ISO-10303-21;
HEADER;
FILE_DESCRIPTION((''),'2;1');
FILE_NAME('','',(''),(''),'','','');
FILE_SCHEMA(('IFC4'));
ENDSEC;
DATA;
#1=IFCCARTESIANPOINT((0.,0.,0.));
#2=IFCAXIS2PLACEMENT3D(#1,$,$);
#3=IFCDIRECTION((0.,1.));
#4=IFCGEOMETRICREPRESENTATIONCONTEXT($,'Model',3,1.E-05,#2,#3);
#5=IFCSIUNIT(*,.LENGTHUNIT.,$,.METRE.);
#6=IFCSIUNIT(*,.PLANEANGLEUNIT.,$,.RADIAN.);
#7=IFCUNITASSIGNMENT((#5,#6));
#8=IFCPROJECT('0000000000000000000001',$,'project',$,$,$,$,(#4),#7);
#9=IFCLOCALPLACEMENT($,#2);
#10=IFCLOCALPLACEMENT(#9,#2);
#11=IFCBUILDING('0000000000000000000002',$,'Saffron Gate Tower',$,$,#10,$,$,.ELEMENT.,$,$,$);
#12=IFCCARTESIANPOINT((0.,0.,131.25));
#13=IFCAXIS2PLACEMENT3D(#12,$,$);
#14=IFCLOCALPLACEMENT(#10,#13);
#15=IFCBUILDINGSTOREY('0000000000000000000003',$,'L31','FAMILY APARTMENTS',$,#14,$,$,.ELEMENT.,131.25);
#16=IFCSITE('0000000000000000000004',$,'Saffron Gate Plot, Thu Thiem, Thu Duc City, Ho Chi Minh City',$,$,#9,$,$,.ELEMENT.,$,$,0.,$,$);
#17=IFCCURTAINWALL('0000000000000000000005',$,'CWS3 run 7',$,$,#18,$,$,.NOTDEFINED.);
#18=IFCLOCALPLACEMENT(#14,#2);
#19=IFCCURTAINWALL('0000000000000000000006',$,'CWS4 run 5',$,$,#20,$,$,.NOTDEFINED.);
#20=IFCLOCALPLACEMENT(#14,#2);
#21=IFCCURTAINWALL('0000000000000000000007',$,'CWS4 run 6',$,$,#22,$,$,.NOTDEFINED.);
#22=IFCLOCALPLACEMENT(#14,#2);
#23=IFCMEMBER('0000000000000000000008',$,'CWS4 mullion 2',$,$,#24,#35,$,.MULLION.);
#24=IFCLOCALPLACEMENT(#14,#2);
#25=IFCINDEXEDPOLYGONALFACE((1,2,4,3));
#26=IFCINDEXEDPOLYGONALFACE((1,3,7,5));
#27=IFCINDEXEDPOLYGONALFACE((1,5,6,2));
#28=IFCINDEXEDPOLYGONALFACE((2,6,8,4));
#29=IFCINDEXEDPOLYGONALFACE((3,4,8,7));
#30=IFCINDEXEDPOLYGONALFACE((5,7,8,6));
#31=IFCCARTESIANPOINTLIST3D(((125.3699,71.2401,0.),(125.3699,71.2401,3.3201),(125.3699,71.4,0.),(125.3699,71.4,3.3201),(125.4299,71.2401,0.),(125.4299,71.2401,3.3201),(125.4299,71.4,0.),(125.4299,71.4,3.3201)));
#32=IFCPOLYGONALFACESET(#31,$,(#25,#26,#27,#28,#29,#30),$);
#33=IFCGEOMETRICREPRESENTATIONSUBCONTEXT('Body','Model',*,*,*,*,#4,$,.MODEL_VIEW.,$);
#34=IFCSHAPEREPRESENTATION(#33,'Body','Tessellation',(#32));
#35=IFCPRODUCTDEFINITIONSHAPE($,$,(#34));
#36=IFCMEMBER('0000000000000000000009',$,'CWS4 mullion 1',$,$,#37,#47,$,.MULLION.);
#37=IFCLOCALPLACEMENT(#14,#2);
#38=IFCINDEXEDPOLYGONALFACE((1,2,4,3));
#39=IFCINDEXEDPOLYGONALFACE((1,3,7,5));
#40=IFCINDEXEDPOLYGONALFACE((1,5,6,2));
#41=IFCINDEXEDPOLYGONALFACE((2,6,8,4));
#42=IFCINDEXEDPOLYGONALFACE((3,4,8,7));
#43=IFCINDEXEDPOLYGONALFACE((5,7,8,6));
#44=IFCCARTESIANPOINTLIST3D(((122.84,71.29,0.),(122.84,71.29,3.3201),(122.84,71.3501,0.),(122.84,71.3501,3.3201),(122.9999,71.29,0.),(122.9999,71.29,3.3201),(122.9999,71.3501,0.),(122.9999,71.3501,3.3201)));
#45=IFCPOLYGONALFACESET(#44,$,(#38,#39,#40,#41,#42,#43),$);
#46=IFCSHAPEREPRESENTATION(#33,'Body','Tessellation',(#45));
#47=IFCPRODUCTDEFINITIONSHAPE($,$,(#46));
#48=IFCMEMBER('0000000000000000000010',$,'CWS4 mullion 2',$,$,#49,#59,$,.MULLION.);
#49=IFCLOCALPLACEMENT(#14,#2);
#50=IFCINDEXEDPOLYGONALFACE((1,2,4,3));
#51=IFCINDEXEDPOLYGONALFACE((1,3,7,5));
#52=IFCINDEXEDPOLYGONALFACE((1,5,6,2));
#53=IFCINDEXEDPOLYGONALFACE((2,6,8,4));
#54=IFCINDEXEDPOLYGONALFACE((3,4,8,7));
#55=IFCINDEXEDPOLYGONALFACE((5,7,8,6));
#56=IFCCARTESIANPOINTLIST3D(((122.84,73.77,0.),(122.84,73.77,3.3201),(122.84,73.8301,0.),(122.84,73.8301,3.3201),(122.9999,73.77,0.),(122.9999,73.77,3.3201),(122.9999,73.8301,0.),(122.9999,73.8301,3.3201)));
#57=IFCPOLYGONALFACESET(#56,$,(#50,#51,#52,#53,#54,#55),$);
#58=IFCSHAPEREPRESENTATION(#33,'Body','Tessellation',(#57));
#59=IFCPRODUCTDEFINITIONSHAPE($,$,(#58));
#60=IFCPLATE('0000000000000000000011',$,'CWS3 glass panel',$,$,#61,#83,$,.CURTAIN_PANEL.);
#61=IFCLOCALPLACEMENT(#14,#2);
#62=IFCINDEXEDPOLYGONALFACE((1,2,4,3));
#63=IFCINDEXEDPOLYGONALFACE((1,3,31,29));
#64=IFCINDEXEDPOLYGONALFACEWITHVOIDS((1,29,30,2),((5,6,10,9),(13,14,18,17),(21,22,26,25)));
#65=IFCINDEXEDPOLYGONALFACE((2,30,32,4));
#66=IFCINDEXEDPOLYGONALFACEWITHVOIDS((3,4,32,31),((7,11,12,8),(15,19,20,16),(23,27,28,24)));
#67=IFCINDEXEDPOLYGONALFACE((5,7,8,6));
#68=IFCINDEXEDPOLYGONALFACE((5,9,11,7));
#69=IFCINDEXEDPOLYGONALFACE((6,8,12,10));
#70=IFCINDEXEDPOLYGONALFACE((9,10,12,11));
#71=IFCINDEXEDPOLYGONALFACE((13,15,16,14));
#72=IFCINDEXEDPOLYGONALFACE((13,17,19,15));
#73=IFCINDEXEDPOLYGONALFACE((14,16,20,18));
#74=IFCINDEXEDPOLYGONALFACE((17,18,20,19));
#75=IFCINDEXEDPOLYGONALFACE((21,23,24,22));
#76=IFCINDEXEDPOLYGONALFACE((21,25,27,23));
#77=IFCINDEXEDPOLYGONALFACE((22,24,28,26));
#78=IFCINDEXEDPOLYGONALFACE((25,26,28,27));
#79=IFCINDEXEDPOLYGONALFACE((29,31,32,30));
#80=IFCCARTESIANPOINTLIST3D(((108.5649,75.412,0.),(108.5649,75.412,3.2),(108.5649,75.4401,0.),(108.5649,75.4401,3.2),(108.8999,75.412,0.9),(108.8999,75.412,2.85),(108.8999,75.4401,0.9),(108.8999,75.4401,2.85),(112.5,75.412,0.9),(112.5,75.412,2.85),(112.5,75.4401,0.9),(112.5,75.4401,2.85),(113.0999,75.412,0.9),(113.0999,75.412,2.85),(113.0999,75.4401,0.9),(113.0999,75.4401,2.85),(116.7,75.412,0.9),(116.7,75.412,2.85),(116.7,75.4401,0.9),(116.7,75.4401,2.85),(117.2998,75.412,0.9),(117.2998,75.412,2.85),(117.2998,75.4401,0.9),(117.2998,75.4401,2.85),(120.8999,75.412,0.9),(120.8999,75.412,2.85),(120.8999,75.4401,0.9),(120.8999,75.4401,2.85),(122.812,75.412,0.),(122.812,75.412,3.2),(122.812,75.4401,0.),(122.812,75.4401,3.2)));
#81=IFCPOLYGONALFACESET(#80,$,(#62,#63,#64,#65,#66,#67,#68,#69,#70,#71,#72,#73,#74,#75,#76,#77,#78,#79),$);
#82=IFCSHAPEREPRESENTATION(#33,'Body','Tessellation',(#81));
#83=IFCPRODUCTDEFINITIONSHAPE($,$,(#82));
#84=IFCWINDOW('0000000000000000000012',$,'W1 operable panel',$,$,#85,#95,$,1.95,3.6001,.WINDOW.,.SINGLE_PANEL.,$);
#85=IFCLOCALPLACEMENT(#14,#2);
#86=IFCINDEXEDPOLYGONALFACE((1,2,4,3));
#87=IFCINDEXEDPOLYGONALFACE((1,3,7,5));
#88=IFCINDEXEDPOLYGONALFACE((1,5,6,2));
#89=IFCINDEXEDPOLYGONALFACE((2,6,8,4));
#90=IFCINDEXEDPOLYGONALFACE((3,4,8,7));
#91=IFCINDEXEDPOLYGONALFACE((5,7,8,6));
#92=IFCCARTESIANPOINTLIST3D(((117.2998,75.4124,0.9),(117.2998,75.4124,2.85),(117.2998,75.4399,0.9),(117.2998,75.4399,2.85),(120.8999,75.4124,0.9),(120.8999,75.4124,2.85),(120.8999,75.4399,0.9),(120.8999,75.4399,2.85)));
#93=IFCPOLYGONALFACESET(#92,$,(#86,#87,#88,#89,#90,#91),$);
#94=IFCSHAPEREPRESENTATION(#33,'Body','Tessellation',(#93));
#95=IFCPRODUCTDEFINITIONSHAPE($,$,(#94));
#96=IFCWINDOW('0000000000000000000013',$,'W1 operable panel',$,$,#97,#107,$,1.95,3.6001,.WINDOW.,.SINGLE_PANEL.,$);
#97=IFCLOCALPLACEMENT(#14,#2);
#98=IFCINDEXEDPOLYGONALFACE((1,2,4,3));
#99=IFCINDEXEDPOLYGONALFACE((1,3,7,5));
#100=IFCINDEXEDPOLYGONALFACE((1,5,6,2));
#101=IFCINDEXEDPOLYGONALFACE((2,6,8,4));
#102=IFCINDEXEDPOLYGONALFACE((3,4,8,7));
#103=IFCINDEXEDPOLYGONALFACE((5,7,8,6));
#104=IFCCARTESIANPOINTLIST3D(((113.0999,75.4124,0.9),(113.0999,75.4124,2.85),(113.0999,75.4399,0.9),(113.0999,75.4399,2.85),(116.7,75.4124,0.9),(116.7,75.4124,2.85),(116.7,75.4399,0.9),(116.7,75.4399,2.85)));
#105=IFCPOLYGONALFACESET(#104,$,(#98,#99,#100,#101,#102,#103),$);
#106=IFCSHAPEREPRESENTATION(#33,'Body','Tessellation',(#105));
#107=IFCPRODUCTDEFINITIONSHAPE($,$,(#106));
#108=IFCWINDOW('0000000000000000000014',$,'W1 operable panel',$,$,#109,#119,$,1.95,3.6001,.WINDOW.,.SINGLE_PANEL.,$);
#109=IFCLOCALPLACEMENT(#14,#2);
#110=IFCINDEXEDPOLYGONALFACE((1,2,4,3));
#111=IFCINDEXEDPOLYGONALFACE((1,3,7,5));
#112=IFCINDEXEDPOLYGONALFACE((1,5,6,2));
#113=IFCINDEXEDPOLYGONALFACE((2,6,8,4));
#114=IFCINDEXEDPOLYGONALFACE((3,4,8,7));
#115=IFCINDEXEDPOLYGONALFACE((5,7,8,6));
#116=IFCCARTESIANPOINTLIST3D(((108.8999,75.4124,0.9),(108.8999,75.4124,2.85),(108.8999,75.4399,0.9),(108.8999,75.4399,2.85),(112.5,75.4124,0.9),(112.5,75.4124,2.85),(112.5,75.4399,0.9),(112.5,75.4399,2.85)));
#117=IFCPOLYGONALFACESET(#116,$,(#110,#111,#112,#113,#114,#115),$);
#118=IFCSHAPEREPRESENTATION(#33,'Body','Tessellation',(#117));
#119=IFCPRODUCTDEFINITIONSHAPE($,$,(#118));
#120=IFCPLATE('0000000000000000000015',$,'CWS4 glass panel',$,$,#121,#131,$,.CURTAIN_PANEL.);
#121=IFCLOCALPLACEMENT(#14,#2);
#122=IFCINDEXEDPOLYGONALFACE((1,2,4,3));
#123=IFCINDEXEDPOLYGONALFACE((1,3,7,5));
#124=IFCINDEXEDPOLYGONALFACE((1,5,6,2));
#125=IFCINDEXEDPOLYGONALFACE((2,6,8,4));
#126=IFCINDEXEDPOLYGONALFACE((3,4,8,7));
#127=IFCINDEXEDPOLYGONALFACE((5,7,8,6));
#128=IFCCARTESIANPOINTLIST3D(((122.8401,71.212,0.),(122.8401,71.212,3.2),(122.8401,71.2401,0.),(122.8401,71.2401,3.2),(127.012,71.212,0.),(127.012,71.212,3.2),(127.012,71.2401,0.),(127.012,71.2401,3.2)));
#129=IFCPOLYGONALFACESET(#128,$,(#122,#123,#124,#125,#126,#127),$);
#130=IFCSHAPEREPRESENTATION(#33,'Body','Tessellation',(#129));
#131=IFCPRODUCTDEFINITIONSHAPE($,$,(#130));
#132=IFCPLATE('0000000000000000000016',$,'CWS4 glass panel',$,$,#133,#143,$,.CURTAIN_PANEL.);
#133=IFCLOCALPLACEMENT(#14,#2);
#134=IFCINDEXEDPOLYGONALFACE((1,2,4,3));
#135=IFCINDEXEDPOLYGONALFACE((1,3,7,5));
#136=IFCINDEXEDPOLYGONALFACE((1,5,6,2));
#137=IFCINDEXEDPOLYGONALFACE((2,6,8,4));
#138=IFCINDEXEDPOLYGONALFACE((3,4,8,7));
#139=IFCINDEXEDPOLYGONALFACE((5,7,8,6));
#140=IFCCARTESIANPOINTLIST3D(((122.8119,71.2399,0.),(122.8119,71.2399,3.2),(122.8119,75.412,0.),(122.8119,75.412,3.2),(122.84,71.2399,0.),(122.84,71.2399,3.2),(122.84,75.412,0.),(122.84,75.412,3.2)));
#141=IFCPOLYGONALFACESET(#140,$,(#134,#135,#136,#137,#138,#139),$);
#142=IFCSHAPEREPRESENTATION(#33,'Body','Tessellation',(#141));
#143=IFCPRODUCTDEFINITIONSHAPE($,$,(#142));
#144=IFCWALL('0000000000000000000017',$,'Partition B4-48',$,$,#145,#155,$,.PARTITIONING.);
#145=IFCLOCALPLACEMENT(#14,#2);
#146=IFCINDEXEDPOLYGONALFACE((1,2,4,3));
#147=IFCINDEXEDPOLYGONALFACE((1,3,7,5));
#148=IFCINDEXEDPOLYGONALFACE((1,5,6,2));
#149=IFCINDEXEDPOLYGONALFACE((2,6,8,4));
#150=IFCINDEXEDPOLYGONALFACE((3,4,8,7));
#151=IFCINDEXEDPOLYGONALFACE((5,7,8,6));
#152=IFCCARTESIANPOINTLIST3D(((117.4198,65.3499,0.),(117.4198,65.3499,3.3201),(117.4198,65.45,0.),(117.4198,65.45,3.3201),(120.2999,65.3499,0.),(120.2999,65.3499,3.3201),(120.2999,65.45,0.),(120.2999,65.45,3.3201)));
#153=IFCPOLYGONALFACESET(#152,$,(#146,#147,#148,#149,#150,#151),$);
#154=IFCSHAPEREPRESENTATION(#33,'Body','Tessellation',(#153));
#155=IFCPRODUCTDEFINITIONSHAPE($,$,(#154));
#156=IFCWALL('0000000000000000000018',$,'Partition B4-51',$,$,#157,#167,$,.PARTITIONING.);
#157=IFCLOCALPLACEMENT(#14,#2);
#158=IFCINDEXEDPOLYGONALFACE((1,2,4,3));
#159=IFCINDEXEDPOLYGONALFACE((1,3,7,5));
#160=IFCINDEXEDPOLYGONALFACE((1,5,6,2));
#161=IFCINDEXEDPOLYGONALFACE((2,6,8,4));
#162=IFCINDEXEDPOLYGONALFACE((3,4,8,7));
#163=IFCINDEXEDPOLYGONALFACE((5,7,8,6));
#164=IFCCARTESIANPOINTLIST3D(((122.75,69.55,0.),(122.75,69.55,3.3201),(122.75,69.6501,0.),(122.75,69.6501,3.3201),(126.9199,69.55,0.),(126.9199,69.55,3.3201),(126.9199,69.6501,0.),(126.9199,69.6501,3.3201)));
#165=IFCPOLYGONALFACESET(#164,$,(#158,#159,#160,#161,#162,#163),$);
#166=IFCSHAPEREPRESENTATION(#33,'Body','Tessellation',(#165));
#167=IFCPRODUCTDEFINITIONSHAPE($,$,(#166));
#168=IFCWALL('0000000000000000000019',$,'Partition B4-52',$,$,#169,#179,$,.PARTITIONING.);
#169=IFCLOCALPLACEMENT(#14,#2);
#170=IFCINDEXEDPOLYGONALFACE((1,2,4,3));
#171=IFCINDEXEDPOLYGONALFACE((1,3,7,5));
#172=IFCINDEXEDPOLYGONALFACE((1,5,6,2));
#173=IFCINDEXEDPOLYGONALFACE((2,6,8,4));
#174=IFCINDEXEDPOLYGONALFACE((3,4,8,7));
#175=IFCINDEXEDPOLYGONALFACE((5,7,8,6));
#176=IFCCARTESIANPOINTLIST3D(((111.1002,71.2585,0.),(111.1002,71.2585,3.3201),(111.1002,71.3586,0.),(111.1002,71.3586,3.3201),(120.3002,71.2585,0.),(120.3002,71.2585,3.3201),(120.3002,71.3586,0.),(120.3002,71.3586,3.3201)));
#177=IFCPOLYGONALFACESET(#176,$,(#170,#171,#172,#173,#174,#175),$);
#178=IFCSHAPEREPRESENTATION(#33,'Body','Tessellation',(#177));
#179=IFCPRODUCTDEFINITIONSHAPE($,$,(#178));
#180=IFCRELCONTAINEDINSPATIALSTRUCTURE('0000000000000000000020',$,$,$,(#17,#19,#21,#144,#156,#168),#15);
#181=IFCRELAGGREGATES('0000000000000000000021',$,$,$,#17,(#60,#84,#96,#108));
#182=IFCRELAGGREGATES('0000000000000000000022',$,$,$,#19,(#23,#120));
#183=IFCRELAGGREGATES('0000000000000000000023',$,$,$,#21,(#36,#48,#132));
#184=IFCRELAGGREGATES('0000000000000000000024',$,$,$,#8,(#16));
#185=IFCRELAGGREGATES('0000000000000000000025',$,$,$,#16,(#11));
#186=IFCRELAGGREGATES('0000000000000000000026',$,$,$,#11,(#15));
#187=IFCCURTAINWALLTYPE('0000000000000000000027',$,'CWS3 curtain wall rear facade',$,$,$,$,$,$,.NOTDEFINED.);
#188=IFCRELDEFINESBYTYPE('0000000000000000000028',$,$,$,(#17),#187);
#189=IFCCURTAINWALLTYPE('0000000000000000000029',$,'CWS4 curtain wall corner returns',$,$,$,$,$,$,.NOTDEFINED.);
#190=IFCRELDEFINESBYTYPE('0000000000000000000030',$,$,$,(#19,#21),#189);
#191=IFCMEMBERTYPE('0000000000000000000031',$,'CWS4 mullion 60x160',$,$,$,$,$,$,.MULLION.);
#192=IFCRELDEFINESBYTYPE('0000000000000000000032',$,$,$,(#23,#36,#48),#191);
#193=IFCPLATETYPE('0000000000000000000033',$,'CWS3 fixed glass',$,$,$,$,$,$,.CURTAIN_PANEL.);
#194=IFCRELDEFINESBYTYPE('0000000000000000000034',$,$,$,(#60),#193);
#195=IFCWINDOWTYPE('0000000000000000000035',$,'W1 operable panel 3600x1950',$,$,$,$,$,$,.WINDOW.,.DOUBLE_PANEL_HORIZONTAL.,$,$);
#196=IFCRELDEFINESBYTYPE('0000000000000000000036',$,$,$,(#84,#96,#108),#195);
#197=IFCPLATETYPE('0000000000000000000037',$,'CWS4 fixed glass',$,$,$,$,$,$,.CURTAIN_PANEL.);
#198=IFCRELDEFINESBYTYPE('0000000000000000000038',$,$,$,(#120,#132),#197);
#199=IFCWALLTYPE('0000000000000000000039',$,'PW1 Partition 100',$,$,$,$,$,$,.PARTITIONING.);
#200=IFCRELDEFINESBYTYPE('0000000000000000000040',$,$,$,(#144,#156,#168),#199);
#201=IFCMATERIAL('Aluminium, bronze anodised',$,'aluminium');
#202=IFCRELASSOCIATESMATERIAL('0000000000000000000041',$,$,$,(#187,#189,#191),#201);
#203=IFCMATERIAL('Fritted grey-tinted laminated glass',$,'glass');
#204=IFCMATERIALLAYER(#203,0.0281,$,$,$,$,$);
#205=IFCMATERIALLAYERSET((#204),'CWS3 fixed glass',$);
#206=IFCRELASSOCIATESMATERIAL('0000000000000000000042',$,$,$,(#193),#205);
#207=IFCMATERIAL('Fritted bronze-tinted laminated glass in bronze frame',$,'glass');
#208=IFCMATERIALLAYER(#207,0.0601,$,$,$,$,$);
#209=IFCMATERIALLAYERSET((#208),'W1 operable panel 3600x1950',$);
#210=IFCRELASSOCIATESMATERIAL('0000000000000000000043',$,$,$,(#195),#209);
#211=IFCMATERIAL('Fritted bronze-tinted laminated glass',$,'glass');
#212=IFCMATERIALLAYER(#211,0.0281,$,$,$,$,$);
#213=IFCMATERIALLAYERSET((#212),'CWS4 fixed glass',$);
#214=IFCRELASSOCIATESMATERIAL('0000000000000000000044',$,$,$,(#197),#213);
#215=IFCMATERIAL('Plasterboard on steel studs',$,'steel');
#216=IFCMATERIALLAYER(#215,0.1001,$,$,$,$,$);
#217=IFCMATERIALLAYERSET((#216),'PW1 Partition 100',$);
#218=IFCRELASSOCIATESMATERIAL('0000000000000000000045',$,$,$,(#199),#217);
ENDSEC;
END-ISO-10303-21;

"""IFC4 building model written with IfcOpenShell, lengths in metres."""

from ifc_helpers import new_model, si_unit, direction, frame, frame_2d, origin, origin_2d, place, context, subcontext, project, spatial, rectangle, extrude, material, layer, layer_set, material_profile, profile_set, type_object, element, fill, aggregate, save


model = new_model("IFC4")

# Units and contexts
model_context = context("Model", 3, precision=1e-05, world=origin(), true_north=direction((0.0, 1.0)))
body_context = subcontext(model_context, "Body", "Model", "MODEL_VIEW")
ifc_project = project(units=[si_unit("LENGTHUNIT", "METRE"), si_unit("PLANEANGLEUNIT", "RADIAN")], contexts=[model_context])

# Site, building, storey
site_placement = place(None, origin())
site = spatial("IfcSite", under=ifc_project, at=site_placement, Name="Saffron Gate Plot, Thu Thiem, Thu Duc City, Ho Chi Minh City", CompositionType="ELEMENT", RefElevation=0.0)
building_placement = place(site_placement, origin())
building = spatial("IfcBuilding", under=site, at=building_placement, Name="Saffron Gate Tower", CompositionType="ELEMENT")
storey_placement = place(building_placement, frame((0.0, 0.0, 131.25)))
storey = spatial("IfcBuildingStorey", under=building, at=storey_placement, Name="L31", Description="FAMILY APARTMENTS", CompositionType="ELEMENT", Elevation=131.25)

# Shared definitions
ifc_material_1 = material(Name="Aluminium, bronze anodised", Category="aluminium")

# Curtain wall
curtain_wall_type_1 = type_object("IfcCurtainWallType", Name="CWS3 curtain wall rear facade", PredefinedType="NOTDEFINED", material=ifc_material_1)
curtain_wall_1_placement = place(storey_placement, origin())
curtain_wall_1 = element("IfcCurtainWall", 1, at=curtain_wall_1_placement, inside=storey, type_object=curtain_wall_type_1, Name="CWS3 run 7", PredefinedType="NOTDEFINED")

# Curtain walls
curtain_wall_type_2 = type_object("IfcCurtainWallType", Name="CWS4 curtain wall corner returns", PredefinedType="NOTDEFINED", material=ifc_material_1)
curtain_wall_2_placement = place(storey_placement, origin())
curtain_wall_2 = element("IfcCurtainWall", 2, at=curtain_wall_2_placement, inside=storey, type_object=curtain_wall_type_2, Name="CWS4 run 5", PredefinedType="NOTDEFINED")
curtain_wall_3_placement = place(storey_placement, origin())
curtain_wall_3 = element("IfcCurtainWall", 3, at=curtain_wall_3_placement, inside=storey, type_object=curtain_wall_type_2, Name="CWS4 run 6", PredefinedType="NOTDEFINED")

# Members
ifc_material_profile_1 = material_profile(ifc_material_1, rectangle(XDim=0.1599, YDim=0.0601, at=origin_2d()))
ifc_profile_set_1 = profile_set([ifc_material_profile_1], Name="Aluminium, bronze anodised")
member_type_1 = type_object("IfcMemberType", Name="CWS4 mullion 60x160", PredefinedType="MULLION", material=ifc_profile_set_1)
member_1_placement = place(storey_placement, frame((125.3999, 71.3201, 0.0), z_axis=(0.0, 0.0, 1.0), x_axis=(0.0, -1.0, 0.0)))
member_1 = element("IfcMember", 4, at=member_1_placement, type_object=member_type_1, Name="CWS4 mullion 2", PredefinedType="MULLION", context=body_context, shape_type="SweptSolid", body=[
    extrude(rectangle(XDim=0.1599, YDim=0.0601, at=origin_2d()), origin(), (0.0, 0.0, 1.0), 3.3201),
])
member_2_placement = place(storey_placement, frame((122.9199, 71.3201, 0.0), z_axis=(0.0, 0.0, 1.0), x_axis=(-1.0, 0.0, 0.0)))
member_2 = element("IfcMember", 5, at=member_2_placement, type_object=member_type_1, Name="CWS4 mullion 1", PredefinedType="MULLION", context=body_context, shape_type="SweptSolid", body=[
    extrude(rectangle(XDim=0.1599, YDim=0.0601, at=origin_2d()), origin(), (0.0, 0.0, 1.0), 3.3201),
])
member_3_placement = place(storey_placement, frame((122.9199, 73.8, 0.0), z_axis=(0.0, 0.0, 1.0), x_axis=(-1.0, 0.0, 0.0)))
member_3 = element("IfcMember", 6, at=member_3_placement, type_object=member_type_1, Name="CWS4 mullion 2", PredefinedType="MULLION", context=body_context, shape_type="SweptSolid", body=[
    extrude(rectangle(XDim=0.1599, YDim=0.0601, at=origin_2d()), origin(), (0.0, 0.0, 1.0), 3.3201),
])

# Plate, openings, windows
ifc_material_2 = material(Name="Fritted grey-tinted laminated glass", Category="glass")
ifc_layer_1 = layer(ifc_material_2, 0.0281)
ifc_layer_set_1 = layer_set([ifc_layer_1], Name="CWS3 fixed glass")
plate_type_1 = type_object("IfcPlateType", Name="CWS3 fixed glass", PredefinedType="CURTAIN_PANEL", material=ifc_layer_set_1)
plate_1_placement = place(storey_placement, frame((122.812, 75.426, 0.0), z_axis=(0.0, 0.0, 1.0), x_axis=(-1.0, 0.0, 0.0)))
plate_1 = element("IfcPlate", 7, at=plate_1_placement, type_object=plate_type_1, Name="CWS3 glass panel", PredefinedType="CURTAIN_PANEL", context=body_context, shape_type="SweptSolid", body=[
    extrude(rectangle(XDim=14.2471, YDim=0.0281, at=frame_2d((7.1235, 0.0))), origin(), (0.0, 0.0, 1.0), 3.2),
])
opening_1_placement = place(plate_1_placement, frame((1.9121, 0.0, 0.8999)))
opening_1 = element("IfcOpeningElement", 8, at=opening_1_placement, cuts=plate_1, PredefinedType="OPENING", context=body_context, shape_type="SweptSolid", body=[
    extrude(rectangle(XDim=3.6001, YDim=1.95, at=frame_2d((1.8, 0.9751))), frame((0.0, 0.0239, 0.0), z_axis=(0.0, -1.0, 0.0), x_axis=(1.0, 0.0, 0.0)), (0.0, 0.0, 1.0), 0.0481),
])
opening_2_placement = place(plate_1_placement, frame((6.1121, 0.0, 0.8999)))
opening_2 = element("IfcOpeningElement", 9, at=opening_2_placement, cuts=plate_1, PredefinedType="OPENING", context=body_context, shape_type="SweptSolid", body=[
    extrude(rectangle(XDim=3.6001, YDim=1.95, at=frame_2d((1.8, 0.9751))), frame((0.0, 0.0239, 0.0), z_axis=(0.0, -1.0, 0.0), x_axis=(1.0, 0.0, 0.0)), (0.0, 0.0, 1.0), 0.0481),
])
opening_3_placement = place(plate_1_placement, frame((10.312, 0.0, 0.8999)))
opening_3 = element("IfcOpeningElement", 10, at=opening_3_placement, cuts=plate_1, PredefinedType="OPENING", context=body_context, shape_type="SweptSolid", body=[
    extrude(rectangle(XDim=3.6001, YDim=1.95, at=frame_2d((1.8, 0.9751))), frame((0.0, 0.0239, 0.0), z_axis=(0.0, -1.0, 0.0), x_axis=(1.0, 0.0, 0.0)), (0.0, 0.0, 1.0), 0.0481),
])
ifc_material_3 = material(Name="Fritted bronze-tinted laminated glass in bronze frame", Category="glass")
ifc_layer_2 = layer(ifc_material_3, 0.0601)
ifc_layer_set_2 = layer_set([ifc_layer_2], Name="W1 operable panel 3600x1950")
window_type = type_object("IfcWindowType", Name="W1 operable panel 3600x1950", PartitioningType="DOUBLE_PANEL_HORIZONTAL", PredefinedType="WINDOW", material=ifc_layer_set_2)
window_1_placement = place(opening_1_placement, origin())
window_1 = element("IfcWindow", 11, at=window_1_placement, type_object=window_type, Name="W1 operable panel", OverallHeight=1.95, OverallWidth=3.6001, PartitioningType="SINGLE_PANEL", PredefinedType="WINDOW", context=body_context, shape_type="SweptSolid", body=[
    extrude(rectangle(XDim=3.6001, YDim=1.95, at=frame_2d((1.8, 0.9751))), frame((0.0, 0.0137, 0.0), z_axis=(0.0, -1.0, 0.0), x_axis=(1.0, 0.0, 0.0)), (0.0, 0.0, 1.0), 0.0276),
])
fill(opening_1, window_1)
window_2_placement = place(opening_2_placement, origin())
window_2 = element("IfcWindow", 12, at=window_2_placement, type_object=window_type, Name="W1 operable panel", OverallHeight=1.95, OverallWidth=3.6001, PartitioningType="SINGLE_PANEL", PredefinedType="WINDOW", context=body_context, shape_type="SweptSolid", body=[
    extrude(rectangle(XDim=3.6001, YDim=1.95, at=frame_2d((1.8, 0.9751))), frame((0.0, 0.0137, 0.0), z_axis=(0.0, -1.0, 0.0), x_axis=(1.0, 0.0, 0.0)), (0.0, 0.0, 1.0), 0.0276),
])
fill(opening_2, window_2)
window_3_placement = place(opening_3_placement, origin())
window_3 = element("IfcWindow", 13, at=window_3_placement, type_object=window_type, Name="W1 operable panel", OverallHeight=1.95, OverallWidth=3.6001, PartitioningType="SINGLE_PANEL", PredefinedType="WINDOW", context=body_context, shape_type="SweptSolid", body=[
    extrude(rectangle(XDim=3.6001, YDim=1.95, at=frame_2d((1.8, 0.9751))), frame((0.0, 0.0137, 0.0), z_axis=(0.0, -1.0, 0.0), x_axis=(1.0, 0.0, 0.0)), (0.0, 0.0, 1.0), 0.0276),
])
fill(opening_3, window_3)
aggregate(curtain_wall_1, [plate_1, window_1, window_2, window_3])

# Plates
ifc_material_4 = material(Name="Fritted bronze-tinted laminated glass", Category="glass")
ifc_layer_3 = layer(ifc_material_4, 0.0281)
ifc_layer_set_3 = layer_set([ifc_layer_3], Name="CWS4 fixed glass")
plate_type_2 = type_object("IfcPlateType", Name="CWS4 fixed glass", PredefinedType="CURTAIN_PANEL", material=ifc_layer_set_3)
plate_2_placement = place(storey_placement, frame((127.012, 71.2261, 0.0), z_axis=(0.0, 0.0, 1.0), x_axis=(-1.0, 0.0, 0.0)))
plate_2 = element("IfcPlate", 14, at=plate_2_placement, type_object=plate_type_2, Name="CWS4 glass panel", PredefinedType="CURTAIN_PANEL", context=body_context, shape_type="SweptSolid", body=[
    extrude(rectangle(XDim=4.1719, YDim=0.0281, at=frame_2d((2.0859, 0.0))), origin(), (0.0, 0.0, 1.0), 3.2),
])
aggregate(curtain_wall_2, [member_1, plate_2])
plate_3_placement = place(storey_placement, frame((122.8259, 71.24, 0.0), z_axis=(0.0, 0.0, 1.0), x_axis=(0.0, 1.0, 0.0)))
plate_3 = element("IfcPlate", 15, at=plate_3_placement, type_object=plate_type_2, Name="CWS4 glass panel", PredefinedType="CURTAIN_PANEL", context=body_context, shape_type="SweptSolid", body=[
    extrude(rectangle(XDim=4.1721, YDim=0.0281, at=frame_2d((2.0859, 0.0))), origin(), (0.0, 0.0, 1.0), 3.2),
])
aggregate(curtain_wall_3, [member_2, member_3, plate_3])

# Walls
ifc_material_5 = material(Name="Plasterboard on steel studs", Category="steel")
ifc_layer_4 = layer(ifc_material_5, 0.1001)
ifc_layer_set_4 = layer_set([ifc_layer_4], Name="PW1 Partition 100")
wall_type_1 = type_object("IfcWallType", Name="PW1 Partition 100", PredefinedType="PARTITIONING", material=ifc_layer_set_4)
wall_1_placement = place(storey_placement, frame((117.4199, 65.3999, 0.0), z_axis=(0.0, 0.0, 1.0), x_axis=(1.0, 0.0, 0.0)))
element("IfcWall", 16, at=wall_1_placement, inside=storey, type_object=wall_type_1, Name="Partition B4-48", PredefinedType="PARTITIONING", context=body_context, shape_type="SweptSolid", body=[
    extrude(rectangle(XDim=2.8801, YDim=0.1001, at=frame_2d((1.4399, 0.0))), origin(), (0.0, 0.0, 1.0), 3.3201),
])
wall_2_placement = place(storey_placement, frame((122.75, 69.6001, 0.0), z_axis=(0.0, 0.0, 1.0), x_axis=(1.0, 0.0, 0.0)))
element("IfcWall", 17, at=wall_2_placement, inside=storey, type_object=wall_type_1, Name="Partition B4-51", PredefinedType="PARTITIONING", context=body_context, shape_type="SweptSolid", body=[
    extrude(rectangle(XDim=4.1699, YDim=0.1001, at=frame_2d((2.085, 0.0))), origin(), (0.0, 0.0, 1.0), 3.3201),
])
wall_3_placement = place(storey_placement, frame((111.1001, 71.3086, 0.0), z_axis=(0.0, 0.0, 1.0), x_axis=(1.0, 0.0, 0.0)))
element("IfcWall", 18, at=wall_3_placement, inside=storey, type_object=wall_type_1, Name="Partition B4-52", PredefinedType="PARTITIONING", context=body_context, shape_type="SweptSolid", body=[
    extrude(rectangle(XDim=9.2, YDim=0.1001, at=frame_2d((4.6001, 0.0))), origin(), (0.0, 0.0, 1.0), 3.3201),
])

save(model, "model.ifc")
